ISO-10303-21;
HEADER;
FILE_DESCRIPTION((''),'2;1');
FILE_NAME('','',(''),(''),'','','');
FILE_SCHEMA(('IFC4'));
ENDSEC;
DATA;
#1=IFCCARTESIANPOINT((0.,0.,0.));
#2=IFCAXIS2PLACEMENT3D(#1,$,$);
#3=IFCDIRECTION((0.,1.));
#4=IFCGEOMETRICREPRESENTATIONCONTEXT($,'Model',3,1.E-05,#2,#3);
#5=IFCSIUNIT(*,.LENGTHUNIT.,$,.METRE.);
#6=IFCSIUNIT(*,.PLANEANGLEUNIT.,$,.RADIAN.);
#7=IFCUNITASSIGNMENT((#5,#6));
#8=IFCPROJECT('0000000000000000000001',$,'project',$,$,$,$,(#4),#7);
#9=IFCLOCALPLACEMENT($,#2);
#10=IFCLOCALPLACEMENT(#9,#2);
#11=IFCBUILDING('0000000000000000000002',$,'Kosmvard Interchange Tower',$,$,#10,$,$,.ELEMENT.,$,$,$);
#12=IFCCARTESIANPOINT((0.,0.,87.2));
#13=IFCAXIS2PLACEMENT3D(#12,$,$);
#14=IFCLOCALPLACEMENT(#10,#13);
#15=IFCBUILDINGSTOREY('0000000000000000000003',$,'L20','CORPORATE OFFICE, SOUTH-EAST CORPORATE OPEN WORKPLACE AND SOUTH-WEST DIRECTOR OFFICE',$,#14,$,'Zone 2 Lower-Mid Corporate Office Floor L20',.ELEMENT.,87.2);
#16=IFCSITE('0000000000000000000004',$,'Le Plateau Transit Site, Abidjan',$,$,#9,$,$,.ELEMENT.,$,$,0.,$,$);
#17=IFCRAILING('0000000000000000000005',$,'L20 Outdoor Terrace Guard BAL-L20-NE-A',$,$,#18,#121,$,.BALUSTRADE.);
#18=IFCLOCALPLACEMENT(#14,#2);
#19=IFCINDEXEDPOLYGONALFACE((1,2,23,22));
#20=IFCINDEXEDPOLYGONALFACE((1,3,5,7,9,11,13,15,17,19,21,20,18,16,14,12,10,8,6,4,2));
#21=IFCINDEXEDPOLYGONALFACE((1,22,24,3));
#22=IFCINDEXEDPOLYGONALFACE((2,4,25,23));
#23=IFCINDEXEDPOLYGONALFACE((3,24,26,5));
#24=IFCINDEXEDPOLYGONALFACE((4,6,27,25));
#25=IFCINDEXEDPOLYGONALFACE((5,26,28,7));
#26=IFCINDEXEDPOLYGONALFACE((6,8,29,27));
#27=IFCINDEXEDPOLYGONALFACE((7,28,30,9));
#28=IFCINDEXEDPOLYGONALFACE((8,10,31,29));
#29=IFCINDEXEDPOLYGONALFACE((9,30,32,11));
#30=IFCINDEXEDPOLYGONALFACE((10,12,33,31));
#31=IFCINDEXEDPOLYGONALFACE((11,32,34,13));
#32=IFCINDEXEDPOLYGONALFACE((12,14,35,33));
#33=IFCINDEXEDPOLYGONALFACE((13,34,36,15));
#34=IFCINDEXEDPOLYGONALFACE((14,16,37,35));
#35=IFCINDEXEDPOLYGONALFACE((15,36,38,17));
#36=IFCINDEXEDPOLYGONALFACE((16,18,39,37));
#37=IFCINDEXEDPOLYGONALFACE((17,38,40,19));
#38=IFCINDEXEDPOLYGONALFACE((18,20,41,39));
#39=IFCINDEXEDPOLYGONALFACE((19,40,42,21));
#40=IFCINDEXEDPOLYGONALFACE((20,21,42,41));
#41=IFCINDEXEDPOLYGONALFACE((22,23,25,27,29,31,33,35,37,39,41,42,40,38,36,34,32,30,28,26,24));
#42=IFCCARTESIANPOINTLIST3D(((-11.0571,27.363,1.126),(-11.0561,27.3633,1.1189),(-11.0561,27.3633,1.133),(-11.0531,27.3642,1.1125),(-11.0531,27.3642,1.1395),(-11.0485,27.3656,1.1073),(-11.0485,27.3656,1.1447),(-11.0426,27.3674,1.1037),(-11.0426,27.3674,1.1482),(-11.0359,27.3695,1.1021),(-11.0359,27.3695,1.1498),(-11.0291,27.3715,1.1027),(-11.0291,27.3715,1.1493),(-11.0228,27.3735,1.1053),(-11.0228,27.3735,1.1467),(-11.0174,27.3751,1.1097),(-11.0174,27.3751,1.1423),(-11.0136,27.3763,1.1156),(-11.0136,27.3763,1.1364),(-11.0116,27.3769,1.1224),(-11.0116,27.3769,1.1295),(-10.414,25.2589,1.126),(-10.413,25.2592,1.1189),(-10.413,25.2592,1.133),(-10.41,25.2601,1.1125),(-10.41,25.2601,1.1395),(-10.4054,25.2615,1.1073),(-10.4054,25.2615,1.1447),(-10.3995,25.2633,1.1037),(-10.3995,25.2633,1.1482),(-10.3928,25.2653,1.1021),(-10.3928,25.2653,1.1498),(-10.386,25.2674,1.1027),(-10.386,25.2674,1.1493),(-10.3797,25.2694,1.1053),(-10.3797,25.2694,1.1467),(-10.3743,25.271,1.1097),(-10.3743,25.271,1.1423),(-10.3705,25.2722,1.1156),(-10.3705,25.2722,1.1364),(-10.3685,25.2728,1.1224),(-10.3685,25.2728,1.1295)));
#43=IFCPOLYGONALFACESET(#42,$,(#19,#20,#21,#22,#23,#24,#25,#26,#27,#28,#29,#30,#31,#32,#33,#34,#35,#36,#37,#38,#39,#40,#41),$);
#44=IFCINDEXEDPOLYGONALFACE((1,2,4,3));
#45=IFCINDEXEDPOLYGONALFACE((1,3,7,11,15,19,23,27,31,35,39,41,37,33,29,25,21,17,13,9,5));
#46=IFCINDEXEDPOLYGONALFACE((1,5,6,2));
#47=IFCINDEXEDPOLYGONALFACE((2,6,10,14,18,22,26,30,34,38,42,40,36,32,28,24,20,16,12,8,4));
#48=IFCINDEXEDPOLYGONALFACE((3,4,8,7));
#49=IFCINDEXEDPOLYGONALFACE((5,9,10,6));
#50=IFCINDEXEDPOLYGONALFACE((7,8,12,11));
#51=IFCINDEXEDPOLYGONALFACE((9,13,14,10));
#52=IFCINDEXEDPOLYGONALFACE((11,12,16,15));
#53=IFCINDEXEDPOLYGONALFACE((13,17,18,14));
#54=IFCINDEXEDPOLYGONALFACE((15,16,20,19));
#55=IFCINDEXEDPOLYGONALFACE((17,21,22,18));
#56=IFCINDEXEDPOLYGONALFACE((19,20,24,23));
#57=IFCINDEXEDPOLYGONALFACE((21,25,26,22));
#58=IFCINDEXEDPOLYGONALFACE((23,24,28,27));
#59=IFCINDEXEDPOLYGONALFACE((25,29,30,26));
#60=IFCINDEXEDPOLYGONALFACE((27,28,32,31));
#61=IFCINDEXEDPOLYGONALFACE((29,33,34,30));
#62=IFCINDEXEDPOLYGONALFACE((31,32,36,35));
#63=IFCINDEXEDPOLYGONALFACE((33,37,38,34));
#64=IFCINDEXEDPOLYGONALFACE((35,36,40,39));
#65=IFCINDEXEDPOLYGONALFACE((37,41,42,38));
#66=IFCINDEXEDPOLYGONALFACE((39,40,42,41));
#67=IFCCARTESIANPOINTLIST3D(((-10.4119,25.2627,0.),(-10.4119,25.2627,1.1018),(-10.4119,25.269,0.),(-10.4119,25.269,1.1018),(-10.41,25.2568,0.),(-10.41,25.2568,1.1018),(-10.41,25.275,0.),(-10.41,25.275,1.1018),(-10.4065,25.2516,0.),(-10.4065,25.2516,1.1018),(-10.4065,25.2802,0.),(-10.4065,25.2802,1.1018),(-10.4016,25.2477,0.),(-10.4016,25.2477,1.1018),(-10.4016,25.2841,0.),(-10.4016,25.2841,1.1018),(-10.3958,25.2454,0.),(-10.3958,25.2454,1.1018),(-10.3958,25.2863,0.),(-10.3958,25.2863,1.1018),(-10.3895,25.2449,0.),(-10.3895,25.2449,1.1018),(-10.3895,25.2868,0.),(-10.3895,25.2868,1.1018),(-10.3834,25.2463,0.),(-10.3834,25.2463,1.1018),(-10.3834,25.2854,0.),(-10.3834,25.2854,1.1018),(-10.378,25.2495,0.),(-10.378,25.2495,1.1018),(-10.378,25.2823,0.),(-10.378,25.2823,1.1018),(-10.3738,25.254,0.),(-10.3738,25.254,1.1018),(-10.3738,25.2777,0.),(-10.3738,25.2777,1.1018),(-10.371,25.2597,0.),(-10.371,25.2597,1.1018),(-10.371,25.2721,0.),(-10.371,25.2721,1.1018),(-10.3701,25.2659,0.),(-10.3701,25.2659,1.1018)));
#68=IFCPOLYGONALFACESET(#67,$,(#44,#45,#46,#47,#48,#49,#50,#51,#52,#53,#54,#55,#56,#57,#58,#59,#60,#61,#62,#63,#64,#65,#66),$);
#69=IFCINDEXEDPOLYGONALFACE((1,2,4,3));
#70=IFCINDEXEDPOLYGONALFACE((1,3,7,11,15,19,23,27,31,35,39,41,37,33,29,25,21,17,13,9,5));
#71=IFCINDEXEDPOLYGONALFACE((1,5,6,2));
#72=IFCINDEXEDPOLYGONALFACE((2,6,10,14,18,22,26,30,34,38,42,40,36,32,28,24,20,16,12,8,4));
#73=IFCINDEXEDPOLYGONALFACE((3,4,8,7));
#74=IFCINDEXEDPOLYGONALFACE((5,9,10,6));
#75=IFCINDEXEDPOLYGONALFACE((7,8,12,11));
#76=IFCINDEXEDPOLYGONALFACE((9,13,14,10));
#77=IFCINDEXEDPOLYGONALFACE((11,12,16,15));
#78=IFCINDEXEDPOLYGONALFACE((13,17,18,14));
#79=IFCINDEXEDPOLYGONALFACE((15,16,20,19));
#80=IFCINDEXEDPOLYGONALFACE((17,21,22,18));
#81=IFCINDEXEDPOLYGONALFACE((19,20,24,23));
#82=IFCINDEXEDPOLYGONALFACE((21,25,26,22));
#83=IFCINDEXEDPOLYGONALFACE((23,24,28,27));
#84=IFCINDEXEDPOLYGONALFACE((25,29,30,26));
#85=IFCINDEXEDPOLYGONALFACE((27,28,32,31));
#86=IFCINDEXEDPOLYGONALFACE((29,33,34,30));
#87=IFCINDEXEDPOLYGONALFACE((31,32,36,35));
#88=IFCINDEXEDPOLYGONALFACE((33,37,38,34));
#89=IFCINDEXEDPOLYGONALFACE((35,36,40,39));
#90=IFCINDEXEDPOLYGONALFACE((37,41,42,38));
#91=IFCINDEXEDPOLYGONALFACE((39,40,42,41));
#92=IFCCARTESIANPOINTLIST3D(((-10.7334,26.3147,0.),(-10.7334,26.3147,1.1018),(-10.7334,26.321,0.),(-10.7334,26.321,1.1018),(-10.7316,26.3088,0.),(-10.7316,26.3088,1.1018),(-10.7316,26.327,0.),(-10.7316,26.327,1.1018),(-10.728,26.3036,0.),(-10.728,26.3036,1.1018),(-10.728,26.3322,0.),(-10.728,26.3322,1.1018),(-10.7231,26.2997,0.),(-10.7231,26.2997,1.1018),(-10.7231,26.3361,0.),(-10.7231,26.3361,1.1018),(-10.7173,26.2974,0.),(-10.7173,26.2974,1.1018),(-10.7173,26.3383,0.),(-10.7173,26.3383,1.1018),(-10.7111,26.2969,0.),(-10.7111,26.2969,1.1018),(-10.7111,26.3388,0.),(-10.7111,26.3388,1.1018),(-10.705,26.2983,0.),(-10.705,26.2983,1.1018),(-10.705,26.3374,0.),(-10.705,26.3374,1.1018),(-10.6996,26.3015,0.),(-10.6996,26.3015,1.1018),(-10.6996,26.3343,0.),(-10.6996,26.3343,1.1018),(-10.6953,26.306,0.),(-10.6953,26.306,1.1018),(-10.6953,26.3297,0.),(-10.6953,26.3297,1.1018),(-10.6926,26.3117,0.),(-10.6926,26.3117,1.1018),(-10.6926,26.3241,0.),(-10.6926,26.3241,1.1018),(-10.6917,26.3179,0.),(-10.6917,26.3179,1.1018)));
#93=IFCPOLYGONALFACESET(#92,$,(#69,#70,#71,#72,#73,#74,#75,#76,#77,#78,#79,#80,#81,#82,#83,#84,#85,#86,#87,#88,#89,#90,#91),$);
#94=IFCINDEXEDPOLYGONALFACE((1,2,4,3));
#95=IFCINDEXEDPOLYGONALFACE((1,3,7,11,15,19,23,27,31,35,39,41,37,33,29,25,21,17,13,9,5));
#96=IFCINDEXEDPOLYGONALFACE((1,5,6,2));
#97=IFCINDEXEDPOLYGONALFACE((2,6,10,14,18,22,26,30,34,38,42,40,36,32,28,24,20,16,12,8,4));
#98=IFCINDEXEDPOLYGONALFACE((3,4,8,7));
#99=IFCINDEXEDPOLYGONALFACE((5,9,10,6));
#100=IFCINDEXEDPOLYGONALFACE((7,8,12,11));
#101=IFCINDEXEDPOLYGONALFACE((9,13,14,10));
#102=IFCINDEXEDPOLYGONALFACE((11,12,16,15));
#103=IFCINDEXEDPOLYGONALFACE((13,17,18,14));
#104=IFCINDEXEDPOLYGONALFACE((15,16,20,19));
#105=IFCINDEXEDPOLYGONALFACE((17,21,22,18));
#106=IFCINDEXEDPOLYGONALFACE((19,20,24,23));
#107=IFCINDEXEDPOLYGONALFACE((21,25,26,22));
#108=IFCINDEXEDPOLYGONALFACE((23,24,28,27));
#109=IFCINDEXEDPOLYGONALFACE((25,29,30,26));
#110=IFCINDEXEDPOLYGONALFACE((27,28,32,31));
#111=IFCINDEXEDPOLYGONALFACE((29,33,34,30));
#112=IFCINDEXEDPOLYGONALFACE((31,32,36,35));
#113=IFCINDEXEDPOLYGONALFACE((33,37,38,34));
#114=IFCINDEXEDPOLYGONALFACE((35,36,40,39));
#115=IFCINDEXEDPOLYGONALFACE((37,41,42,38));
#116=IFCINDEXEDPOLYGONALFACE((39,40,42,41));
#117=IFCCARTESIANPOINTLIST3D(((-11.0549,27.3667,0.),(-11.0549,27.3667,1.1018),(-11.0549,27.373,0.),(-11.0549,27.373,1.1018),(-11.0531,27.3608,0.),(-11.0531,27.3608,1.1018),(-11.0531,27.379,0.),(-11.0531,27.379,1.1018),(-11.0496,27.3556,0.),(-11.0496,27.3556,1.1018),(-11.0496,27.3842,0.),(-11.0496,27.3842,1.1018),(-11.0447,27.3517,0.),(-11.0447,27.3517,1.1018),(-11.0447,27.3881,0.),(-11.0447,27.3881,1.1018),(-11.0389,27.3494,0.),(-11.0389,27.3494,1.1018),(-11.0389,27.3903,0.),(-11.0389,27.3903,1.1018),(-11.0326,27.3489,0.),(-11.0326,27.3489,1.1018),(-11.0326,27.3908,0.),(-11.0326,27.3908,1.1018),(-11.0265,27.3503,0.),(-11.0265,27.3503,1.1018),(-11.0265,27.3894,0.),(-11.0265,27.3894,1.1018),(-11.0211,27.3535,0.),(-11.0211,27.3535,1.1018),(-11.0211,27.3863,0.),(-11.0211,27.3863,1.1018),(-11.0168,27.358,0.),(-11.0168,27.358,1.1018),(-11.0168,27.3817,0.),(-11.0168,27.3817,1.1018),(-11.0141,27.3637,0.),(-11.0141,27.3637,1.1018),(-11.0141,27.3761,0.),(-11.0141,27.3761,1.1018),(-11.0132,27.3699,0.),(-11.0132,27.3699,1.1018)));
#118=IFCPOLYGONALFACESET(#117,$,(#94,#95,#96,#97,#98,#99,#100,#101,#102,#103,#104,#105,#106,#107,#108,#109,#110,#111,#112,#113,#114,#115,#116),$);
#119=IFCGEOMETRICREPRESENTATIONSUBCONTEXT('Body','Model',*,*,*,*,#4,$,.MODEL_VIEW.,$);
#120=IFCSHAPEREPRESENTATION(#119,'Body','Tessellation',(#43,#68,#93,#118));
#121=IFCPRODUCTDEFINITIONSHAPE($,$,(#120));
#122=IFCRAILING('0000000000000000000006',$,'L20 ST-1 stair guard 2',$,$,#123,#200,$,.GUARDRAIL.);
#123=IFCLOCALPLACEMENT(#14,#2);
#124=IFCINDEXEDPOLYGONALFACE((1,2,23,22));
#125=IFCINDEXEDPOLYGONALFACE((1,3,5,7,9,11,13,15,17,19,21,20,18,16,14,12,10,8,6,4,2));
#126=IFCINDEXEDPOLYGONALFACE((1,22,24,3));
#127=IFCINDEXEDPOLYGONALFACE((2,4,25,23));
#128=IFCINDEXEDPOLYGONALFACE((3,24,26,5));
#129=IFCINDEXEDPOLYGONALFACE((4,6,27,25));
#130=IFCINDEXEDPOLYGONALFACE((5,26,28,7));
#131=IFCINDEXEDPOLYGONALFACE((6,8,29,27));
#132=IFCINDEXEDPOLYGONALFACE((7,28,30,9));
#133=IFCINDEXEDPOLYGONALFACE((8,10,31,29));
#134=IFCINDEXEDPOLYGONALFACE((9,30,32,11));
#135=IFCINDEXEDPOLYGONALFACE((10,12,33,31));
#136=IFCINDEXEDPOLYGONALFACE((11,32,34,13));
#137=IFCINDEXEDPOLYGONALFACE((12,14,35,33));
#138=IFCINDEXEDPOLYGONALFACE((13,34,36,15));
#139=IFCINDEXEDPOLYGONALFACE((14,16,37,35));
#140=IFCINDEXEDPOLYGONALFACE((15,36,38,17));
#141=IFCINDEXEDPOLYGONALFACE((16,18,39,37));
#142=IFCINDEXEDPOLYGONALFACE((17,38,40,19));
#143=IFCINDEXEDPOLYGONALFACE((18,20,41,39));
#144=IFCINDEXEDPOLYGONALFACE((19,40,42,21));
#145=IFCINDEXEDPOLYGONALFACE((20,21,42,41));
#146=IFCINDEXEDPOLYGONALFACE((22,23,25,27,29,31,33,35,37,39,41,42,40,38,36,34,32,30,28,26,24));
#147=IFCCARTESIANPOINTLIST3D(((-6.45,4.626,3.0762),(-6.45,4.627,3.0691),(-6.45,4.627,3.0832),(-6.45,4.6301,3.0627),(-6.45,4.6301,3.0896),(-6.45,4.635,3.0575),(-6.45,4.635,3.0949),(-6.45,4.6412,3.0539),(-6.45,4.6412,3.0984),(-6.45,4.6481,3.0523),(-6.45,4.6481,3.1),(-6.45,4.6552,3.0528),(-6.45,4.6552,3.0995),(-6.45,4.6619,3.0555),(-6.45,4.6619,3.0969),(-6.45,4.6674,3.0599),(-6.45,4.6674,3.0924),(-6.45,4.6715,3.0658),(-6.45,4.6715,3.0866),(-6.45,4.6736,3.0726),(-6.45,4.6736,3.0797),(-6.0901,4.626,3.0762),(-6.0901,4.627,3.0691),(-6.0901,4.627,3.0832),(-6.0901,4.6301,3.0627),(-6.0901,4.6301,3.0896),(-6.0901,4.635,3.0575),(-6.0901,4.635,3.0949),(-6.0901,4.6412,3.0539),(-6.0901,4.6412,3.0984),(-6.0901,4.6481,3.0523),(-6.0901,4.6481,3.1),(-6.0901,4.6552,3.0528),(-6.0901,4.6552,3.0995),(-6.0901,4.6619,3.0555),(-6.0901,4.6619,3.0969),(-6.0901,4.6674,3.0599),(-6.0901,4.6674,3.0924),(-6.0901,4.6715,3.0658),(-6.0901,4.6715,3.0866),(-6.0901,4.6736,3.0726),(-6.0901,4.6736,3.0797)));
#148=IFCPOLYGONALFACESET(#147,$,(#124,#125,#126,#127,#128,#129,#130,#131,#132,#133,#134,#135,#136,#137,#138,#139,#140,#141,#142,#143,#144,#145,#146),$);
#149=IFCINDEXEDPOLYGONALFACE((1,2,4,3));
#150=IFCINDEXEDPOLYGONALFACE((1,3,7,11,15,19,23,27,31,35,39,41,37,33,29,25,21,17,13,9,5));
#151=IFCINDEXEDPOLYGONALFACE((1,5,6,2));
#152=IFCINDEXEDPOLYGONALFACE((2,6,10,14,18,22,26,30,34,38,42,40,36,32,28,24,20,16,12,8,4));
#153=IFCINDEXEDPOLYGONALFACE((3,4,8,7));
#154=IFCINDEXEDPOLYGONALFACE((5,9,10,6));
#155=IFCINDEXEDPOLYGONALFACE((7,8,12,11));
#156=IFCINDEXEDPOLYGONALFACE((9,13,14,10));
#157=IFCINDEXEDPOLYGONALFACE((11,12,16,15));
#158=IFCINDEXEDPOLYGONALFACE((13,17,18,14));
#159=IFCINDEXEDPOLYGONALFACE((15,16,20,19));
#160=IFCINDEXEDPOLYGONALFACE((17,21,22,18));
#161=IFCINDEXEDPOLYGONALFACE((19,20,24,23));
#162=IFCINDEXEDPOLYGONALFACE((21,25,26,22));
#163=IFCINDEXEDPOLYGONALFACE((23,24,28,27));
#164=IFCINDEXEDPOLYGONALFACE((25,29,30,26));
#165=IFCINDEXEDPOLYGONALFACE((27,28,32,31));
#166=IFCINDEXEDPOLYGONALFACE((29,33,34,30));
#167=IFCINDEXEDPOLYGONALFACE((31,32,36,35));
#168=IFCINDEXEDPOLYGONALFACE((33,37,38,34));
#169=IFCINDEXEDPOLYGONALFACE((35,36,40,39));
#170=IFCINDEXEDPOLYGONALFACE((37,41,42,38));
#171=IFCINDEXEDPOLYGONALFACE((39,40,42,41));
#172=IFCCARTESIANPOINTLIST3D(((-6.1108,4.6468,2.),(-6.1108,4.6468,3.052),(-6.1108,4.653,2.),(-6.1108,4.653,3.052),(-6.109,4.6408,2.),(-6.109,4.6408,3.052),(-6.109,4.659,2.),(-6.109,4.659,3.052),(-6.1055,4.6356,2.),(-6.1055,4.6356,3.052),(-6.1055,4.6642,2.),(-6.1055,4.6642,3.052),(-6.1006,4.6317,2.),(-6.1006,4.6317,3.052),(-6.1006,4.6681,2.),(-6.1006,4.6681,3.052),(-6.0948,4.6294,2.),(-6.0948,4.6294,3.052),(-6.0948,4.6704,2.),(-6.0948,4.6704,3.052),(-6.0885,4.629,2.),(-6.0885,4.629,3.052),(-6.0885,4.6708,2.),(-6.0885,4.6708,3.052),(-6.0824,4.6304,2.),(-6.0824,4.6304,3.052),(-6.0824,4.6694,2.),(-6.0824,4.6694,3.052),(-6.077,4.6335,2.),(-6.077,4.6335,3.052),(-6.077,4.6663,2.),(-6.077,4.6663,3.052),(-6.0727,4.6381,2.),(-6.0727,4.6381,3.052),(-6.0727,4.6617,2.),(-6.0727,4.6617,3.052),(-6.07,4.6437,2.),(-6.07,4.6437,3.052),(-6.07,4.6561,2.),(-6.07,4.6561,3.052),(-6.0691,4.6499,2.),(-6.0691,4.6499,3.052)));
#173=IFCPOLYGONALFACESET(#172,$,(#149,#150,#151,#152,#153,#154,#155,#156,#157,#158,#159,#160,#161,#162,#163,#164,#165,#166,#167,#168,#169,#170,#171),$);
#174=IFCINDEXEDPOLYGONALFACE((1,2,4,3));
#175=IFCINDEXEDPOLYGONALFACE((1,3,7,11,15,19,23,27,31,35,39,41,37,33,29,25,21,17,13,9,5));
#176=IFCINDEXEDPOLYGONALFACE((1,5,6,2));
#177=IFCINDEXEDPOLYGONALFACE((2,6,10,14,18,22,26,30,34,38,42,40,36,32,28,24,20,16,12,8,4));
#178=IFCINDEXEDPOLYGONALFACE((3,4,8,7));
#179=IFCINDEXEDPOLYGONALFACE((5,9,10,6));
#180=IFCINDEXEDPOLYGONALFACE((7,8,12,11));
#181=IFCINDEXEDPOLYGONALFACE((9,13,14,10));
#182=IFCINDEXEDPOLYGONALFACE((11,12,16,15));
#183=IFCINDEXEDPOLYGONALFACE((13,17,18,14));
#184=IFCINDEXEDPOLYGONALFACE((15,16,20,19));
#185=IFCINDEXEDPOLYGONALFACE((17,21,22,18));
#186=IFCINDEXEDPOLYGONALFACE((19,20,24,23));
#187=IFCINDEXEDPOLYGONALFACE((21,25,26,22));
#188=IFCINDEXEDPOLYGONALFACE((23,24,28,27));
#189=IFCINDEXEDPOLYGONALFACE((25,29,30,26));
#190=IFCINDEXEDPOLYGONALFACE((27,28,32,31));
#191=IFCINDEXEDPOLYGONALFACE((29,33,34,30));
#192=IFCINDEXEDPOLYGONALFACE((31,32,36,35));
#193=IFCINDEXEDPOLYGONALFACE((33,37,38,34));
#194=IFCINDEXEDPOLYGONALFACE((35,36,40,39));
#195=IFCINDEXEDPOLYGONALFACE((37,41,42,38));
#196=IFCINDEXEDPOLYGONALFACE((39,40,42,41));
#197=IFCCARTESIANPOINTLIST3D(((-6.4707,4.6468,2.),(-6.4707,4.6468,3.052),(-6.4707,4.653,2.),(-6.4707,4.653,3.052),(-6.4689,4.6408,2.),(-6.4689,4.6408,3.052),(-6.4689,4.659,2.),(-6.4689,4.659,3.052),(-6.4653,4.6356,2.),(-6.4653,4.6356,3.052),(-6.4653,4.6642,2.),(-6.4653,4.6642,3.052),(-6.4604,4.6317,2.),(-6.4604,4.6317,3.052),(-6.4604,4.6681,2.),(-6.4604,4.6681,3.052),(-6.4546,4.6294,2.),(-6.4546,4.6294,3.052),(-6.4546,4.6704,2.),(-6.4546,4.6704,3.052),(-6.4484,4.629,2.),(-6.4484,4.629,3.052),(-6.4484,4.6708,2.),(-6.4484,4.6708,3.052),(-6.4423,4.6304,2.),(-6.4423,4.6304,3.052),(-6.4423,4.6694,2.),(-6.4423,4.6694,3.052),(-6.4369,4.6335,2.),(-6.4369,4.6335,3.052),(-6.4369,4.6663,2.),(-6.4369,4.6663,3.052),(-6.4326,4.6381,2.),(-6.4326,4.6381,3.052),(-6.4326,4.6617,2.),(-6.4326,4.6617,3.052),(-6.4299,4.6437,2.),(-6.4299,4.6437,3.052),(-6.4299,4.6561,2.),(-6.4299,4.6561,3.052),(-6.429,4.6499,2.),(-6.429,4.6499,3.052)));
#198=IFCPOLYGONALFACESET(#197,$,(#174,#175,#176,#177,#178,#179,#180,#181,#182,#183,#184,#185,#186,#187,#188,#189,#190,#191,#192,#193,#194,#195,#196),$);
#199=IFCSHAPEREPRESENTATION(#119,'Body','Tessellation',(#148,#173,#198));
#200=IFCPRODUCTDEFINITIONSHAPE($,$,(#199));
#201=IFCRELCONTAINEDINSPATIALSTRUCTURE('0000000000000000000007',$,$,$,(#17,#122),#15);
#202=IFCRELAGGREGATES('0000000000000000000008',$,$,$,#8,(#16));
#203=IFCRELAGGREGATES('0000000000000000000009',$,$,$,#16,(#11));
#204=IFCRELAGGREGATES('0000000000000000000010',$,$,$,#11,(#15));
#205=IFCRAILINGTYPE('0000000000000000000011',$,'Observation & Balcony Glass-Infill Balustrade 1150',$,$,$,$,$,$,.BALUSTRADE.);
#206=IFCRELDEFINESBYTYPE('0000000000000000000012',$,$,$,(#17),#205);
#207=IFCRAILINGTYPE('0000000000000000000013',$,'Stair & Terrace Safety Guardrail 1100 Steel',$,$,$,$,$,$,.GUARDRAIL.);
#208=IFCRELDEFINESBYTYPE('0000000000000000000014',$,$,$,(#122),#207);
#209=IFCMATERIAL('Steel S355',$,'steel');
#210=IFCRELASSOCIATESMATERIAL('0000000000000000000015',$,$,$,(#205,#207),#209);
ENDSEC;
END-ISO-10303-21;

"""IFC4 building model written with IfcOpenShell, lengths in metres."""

from ifc_helpers import new_model, si_unit, direction, frame, origin, origin_2d, place, context, subcontext, project, spatial, circle, extrude, source, transform, mapped, material, type_object, element, save


model = new_model("IFC4")

# Units and contexts
model_context = context("Model", 3, precision=1e-05, world=origin(), true_north=direction((0.0, 1.0)))
body_context = subcontext(model_context, "Body", "Model", "MODEL_VIEW")
ifc_project = project(units=[si_unit("LENGTHUNIT", "METRE"), si_unit("PLANEANGLEUNIT", "RADIAN")], contexts=[model_context])

# Site, building, storey
site_placement = place(None, origin())
site = spatial("IfcSite", under=ifc_project, at=site_placement, Name="Le Plateau Transit Site, Abidjan", CompositionType="ELEMENT", RefElevation=0.0)
building_placement = place(site_placement, origin())
building = spatial("IfcBuilding", under=site, at=building_placement, Name="Kosmvard Interchange Tower", CompositionType="ELEMENT")
storey_placement = place(building_placement, frame((0.0, 0.0, 87.2)))
storey = spatial("IfcBuildingStorey", under=building, at=storey_placement, Name="L20", Description="CORPORATE OFFICE, SOUTH-EAST CORPORATE OPEN WORKPLACE AND SOUTH-WEST DIRECTOR OFFICE", LongName="Zone 2 Lower-Mid Corporate Office Floor L20", CompositionType="ELEMENT", Elevation=87.2)

# Shared definitions
ifc_material_1 = material(Name="Steel S355", Category="steel")

# Railings
railing_type_1 = type_object("IfcRailingType", Name="Observation & Balcony Glass-Infill Balustrade 1150", PredefinedType="BALUSTRADE", material=ifc_material_1)
shared_shape_1 = source(origin(), body_context, "Body", "SweptSolid", [
    extrude(circle(Radius=0.0239, at=origin_2d()), frame((0.0, 0.0, 1.126), z_axis=(-0.292292, 0.956329, 0.0), x_axis=(-0.956329, -0.292292, 0.0)), (0.0, 0.0, 1.0), 2.2002),
    extrude(circle(Radius=0.021, at=origin_2d()), origin(), (0.0, 0.0, 1.0), 1.1018),
    extrude(circle(Radius=0.021, at=origin_2d()), frame((-0.3215, 1.052, 0.0)), (0.0, 0.0, 1.0), 1.1018),
    extrude(circle(Radius=0.021, at=origin_2d()), frame((-0.6431, 2.104, 0.0)), (0.0, 0.0, 1.0), 1.1018),
])
railing_1_placement = place(storey_placement, frame((-10.3911, 25.2659, 0.0)))
element("IfcRailing", 1, at=railing_1_placement, inside=storey, type_object=railing_type_1, Name="L20 Outdoor Terrace Guard BAL-L20-NE-A", PredefinedType="BALUSTRADE", context=body_context, shape_type="MappedRepresentation", body=[
    mapped(shared_shape_1, transform((0.0, 0.0, 0.0), scale=1.0)),
])
railing_type_2 = type_object("IfcRailingType", Name="Stair & Terrace Safety Guardrail 1100 Steel", PredefinedType="GUARDRAIL", material=ifc_material_1)
shared_shape_2 = source(origin(), body_context, "Body", "SweptSolid", [
    extrude(circle(Radius=0.0239, at=origin_2d()), frame((0.0, 0.0, 1.0762), z_axis=(-1.0, 0.0, 0.0), x_axis=(0.0, -1.0, 0.0)), (0.0, 0.0, 1.0), 0.3599),
    extrude(circle(Radius=0.021, at=origin_2d()), origin(), (0.0, 0.0, 1.0), 1.052),
    extrude(circle(Radius=0.021, at=origin_2d()), frame((-0.3599, 0.0, 0.0)), (0.0, 0.0, 1.0), 1.052),
])
railing_2_placement = place(storey_placement, frame((-6.0901, 4.6499, 2.0)))
element("IfcRailing", 2, at=railing_2_placement, inside=storey, type_object=railing_type_2, Name="L20 ST-1 stair guard 2", PredefinedType="GUARDRAIL", context=body_context, shape_type="MappedRepresentation", body=[
    mapped(shared_shape_2, transform((0.0, 0.0, 0.0), scale=1.0)),
])

save(model, "model.ifc")
